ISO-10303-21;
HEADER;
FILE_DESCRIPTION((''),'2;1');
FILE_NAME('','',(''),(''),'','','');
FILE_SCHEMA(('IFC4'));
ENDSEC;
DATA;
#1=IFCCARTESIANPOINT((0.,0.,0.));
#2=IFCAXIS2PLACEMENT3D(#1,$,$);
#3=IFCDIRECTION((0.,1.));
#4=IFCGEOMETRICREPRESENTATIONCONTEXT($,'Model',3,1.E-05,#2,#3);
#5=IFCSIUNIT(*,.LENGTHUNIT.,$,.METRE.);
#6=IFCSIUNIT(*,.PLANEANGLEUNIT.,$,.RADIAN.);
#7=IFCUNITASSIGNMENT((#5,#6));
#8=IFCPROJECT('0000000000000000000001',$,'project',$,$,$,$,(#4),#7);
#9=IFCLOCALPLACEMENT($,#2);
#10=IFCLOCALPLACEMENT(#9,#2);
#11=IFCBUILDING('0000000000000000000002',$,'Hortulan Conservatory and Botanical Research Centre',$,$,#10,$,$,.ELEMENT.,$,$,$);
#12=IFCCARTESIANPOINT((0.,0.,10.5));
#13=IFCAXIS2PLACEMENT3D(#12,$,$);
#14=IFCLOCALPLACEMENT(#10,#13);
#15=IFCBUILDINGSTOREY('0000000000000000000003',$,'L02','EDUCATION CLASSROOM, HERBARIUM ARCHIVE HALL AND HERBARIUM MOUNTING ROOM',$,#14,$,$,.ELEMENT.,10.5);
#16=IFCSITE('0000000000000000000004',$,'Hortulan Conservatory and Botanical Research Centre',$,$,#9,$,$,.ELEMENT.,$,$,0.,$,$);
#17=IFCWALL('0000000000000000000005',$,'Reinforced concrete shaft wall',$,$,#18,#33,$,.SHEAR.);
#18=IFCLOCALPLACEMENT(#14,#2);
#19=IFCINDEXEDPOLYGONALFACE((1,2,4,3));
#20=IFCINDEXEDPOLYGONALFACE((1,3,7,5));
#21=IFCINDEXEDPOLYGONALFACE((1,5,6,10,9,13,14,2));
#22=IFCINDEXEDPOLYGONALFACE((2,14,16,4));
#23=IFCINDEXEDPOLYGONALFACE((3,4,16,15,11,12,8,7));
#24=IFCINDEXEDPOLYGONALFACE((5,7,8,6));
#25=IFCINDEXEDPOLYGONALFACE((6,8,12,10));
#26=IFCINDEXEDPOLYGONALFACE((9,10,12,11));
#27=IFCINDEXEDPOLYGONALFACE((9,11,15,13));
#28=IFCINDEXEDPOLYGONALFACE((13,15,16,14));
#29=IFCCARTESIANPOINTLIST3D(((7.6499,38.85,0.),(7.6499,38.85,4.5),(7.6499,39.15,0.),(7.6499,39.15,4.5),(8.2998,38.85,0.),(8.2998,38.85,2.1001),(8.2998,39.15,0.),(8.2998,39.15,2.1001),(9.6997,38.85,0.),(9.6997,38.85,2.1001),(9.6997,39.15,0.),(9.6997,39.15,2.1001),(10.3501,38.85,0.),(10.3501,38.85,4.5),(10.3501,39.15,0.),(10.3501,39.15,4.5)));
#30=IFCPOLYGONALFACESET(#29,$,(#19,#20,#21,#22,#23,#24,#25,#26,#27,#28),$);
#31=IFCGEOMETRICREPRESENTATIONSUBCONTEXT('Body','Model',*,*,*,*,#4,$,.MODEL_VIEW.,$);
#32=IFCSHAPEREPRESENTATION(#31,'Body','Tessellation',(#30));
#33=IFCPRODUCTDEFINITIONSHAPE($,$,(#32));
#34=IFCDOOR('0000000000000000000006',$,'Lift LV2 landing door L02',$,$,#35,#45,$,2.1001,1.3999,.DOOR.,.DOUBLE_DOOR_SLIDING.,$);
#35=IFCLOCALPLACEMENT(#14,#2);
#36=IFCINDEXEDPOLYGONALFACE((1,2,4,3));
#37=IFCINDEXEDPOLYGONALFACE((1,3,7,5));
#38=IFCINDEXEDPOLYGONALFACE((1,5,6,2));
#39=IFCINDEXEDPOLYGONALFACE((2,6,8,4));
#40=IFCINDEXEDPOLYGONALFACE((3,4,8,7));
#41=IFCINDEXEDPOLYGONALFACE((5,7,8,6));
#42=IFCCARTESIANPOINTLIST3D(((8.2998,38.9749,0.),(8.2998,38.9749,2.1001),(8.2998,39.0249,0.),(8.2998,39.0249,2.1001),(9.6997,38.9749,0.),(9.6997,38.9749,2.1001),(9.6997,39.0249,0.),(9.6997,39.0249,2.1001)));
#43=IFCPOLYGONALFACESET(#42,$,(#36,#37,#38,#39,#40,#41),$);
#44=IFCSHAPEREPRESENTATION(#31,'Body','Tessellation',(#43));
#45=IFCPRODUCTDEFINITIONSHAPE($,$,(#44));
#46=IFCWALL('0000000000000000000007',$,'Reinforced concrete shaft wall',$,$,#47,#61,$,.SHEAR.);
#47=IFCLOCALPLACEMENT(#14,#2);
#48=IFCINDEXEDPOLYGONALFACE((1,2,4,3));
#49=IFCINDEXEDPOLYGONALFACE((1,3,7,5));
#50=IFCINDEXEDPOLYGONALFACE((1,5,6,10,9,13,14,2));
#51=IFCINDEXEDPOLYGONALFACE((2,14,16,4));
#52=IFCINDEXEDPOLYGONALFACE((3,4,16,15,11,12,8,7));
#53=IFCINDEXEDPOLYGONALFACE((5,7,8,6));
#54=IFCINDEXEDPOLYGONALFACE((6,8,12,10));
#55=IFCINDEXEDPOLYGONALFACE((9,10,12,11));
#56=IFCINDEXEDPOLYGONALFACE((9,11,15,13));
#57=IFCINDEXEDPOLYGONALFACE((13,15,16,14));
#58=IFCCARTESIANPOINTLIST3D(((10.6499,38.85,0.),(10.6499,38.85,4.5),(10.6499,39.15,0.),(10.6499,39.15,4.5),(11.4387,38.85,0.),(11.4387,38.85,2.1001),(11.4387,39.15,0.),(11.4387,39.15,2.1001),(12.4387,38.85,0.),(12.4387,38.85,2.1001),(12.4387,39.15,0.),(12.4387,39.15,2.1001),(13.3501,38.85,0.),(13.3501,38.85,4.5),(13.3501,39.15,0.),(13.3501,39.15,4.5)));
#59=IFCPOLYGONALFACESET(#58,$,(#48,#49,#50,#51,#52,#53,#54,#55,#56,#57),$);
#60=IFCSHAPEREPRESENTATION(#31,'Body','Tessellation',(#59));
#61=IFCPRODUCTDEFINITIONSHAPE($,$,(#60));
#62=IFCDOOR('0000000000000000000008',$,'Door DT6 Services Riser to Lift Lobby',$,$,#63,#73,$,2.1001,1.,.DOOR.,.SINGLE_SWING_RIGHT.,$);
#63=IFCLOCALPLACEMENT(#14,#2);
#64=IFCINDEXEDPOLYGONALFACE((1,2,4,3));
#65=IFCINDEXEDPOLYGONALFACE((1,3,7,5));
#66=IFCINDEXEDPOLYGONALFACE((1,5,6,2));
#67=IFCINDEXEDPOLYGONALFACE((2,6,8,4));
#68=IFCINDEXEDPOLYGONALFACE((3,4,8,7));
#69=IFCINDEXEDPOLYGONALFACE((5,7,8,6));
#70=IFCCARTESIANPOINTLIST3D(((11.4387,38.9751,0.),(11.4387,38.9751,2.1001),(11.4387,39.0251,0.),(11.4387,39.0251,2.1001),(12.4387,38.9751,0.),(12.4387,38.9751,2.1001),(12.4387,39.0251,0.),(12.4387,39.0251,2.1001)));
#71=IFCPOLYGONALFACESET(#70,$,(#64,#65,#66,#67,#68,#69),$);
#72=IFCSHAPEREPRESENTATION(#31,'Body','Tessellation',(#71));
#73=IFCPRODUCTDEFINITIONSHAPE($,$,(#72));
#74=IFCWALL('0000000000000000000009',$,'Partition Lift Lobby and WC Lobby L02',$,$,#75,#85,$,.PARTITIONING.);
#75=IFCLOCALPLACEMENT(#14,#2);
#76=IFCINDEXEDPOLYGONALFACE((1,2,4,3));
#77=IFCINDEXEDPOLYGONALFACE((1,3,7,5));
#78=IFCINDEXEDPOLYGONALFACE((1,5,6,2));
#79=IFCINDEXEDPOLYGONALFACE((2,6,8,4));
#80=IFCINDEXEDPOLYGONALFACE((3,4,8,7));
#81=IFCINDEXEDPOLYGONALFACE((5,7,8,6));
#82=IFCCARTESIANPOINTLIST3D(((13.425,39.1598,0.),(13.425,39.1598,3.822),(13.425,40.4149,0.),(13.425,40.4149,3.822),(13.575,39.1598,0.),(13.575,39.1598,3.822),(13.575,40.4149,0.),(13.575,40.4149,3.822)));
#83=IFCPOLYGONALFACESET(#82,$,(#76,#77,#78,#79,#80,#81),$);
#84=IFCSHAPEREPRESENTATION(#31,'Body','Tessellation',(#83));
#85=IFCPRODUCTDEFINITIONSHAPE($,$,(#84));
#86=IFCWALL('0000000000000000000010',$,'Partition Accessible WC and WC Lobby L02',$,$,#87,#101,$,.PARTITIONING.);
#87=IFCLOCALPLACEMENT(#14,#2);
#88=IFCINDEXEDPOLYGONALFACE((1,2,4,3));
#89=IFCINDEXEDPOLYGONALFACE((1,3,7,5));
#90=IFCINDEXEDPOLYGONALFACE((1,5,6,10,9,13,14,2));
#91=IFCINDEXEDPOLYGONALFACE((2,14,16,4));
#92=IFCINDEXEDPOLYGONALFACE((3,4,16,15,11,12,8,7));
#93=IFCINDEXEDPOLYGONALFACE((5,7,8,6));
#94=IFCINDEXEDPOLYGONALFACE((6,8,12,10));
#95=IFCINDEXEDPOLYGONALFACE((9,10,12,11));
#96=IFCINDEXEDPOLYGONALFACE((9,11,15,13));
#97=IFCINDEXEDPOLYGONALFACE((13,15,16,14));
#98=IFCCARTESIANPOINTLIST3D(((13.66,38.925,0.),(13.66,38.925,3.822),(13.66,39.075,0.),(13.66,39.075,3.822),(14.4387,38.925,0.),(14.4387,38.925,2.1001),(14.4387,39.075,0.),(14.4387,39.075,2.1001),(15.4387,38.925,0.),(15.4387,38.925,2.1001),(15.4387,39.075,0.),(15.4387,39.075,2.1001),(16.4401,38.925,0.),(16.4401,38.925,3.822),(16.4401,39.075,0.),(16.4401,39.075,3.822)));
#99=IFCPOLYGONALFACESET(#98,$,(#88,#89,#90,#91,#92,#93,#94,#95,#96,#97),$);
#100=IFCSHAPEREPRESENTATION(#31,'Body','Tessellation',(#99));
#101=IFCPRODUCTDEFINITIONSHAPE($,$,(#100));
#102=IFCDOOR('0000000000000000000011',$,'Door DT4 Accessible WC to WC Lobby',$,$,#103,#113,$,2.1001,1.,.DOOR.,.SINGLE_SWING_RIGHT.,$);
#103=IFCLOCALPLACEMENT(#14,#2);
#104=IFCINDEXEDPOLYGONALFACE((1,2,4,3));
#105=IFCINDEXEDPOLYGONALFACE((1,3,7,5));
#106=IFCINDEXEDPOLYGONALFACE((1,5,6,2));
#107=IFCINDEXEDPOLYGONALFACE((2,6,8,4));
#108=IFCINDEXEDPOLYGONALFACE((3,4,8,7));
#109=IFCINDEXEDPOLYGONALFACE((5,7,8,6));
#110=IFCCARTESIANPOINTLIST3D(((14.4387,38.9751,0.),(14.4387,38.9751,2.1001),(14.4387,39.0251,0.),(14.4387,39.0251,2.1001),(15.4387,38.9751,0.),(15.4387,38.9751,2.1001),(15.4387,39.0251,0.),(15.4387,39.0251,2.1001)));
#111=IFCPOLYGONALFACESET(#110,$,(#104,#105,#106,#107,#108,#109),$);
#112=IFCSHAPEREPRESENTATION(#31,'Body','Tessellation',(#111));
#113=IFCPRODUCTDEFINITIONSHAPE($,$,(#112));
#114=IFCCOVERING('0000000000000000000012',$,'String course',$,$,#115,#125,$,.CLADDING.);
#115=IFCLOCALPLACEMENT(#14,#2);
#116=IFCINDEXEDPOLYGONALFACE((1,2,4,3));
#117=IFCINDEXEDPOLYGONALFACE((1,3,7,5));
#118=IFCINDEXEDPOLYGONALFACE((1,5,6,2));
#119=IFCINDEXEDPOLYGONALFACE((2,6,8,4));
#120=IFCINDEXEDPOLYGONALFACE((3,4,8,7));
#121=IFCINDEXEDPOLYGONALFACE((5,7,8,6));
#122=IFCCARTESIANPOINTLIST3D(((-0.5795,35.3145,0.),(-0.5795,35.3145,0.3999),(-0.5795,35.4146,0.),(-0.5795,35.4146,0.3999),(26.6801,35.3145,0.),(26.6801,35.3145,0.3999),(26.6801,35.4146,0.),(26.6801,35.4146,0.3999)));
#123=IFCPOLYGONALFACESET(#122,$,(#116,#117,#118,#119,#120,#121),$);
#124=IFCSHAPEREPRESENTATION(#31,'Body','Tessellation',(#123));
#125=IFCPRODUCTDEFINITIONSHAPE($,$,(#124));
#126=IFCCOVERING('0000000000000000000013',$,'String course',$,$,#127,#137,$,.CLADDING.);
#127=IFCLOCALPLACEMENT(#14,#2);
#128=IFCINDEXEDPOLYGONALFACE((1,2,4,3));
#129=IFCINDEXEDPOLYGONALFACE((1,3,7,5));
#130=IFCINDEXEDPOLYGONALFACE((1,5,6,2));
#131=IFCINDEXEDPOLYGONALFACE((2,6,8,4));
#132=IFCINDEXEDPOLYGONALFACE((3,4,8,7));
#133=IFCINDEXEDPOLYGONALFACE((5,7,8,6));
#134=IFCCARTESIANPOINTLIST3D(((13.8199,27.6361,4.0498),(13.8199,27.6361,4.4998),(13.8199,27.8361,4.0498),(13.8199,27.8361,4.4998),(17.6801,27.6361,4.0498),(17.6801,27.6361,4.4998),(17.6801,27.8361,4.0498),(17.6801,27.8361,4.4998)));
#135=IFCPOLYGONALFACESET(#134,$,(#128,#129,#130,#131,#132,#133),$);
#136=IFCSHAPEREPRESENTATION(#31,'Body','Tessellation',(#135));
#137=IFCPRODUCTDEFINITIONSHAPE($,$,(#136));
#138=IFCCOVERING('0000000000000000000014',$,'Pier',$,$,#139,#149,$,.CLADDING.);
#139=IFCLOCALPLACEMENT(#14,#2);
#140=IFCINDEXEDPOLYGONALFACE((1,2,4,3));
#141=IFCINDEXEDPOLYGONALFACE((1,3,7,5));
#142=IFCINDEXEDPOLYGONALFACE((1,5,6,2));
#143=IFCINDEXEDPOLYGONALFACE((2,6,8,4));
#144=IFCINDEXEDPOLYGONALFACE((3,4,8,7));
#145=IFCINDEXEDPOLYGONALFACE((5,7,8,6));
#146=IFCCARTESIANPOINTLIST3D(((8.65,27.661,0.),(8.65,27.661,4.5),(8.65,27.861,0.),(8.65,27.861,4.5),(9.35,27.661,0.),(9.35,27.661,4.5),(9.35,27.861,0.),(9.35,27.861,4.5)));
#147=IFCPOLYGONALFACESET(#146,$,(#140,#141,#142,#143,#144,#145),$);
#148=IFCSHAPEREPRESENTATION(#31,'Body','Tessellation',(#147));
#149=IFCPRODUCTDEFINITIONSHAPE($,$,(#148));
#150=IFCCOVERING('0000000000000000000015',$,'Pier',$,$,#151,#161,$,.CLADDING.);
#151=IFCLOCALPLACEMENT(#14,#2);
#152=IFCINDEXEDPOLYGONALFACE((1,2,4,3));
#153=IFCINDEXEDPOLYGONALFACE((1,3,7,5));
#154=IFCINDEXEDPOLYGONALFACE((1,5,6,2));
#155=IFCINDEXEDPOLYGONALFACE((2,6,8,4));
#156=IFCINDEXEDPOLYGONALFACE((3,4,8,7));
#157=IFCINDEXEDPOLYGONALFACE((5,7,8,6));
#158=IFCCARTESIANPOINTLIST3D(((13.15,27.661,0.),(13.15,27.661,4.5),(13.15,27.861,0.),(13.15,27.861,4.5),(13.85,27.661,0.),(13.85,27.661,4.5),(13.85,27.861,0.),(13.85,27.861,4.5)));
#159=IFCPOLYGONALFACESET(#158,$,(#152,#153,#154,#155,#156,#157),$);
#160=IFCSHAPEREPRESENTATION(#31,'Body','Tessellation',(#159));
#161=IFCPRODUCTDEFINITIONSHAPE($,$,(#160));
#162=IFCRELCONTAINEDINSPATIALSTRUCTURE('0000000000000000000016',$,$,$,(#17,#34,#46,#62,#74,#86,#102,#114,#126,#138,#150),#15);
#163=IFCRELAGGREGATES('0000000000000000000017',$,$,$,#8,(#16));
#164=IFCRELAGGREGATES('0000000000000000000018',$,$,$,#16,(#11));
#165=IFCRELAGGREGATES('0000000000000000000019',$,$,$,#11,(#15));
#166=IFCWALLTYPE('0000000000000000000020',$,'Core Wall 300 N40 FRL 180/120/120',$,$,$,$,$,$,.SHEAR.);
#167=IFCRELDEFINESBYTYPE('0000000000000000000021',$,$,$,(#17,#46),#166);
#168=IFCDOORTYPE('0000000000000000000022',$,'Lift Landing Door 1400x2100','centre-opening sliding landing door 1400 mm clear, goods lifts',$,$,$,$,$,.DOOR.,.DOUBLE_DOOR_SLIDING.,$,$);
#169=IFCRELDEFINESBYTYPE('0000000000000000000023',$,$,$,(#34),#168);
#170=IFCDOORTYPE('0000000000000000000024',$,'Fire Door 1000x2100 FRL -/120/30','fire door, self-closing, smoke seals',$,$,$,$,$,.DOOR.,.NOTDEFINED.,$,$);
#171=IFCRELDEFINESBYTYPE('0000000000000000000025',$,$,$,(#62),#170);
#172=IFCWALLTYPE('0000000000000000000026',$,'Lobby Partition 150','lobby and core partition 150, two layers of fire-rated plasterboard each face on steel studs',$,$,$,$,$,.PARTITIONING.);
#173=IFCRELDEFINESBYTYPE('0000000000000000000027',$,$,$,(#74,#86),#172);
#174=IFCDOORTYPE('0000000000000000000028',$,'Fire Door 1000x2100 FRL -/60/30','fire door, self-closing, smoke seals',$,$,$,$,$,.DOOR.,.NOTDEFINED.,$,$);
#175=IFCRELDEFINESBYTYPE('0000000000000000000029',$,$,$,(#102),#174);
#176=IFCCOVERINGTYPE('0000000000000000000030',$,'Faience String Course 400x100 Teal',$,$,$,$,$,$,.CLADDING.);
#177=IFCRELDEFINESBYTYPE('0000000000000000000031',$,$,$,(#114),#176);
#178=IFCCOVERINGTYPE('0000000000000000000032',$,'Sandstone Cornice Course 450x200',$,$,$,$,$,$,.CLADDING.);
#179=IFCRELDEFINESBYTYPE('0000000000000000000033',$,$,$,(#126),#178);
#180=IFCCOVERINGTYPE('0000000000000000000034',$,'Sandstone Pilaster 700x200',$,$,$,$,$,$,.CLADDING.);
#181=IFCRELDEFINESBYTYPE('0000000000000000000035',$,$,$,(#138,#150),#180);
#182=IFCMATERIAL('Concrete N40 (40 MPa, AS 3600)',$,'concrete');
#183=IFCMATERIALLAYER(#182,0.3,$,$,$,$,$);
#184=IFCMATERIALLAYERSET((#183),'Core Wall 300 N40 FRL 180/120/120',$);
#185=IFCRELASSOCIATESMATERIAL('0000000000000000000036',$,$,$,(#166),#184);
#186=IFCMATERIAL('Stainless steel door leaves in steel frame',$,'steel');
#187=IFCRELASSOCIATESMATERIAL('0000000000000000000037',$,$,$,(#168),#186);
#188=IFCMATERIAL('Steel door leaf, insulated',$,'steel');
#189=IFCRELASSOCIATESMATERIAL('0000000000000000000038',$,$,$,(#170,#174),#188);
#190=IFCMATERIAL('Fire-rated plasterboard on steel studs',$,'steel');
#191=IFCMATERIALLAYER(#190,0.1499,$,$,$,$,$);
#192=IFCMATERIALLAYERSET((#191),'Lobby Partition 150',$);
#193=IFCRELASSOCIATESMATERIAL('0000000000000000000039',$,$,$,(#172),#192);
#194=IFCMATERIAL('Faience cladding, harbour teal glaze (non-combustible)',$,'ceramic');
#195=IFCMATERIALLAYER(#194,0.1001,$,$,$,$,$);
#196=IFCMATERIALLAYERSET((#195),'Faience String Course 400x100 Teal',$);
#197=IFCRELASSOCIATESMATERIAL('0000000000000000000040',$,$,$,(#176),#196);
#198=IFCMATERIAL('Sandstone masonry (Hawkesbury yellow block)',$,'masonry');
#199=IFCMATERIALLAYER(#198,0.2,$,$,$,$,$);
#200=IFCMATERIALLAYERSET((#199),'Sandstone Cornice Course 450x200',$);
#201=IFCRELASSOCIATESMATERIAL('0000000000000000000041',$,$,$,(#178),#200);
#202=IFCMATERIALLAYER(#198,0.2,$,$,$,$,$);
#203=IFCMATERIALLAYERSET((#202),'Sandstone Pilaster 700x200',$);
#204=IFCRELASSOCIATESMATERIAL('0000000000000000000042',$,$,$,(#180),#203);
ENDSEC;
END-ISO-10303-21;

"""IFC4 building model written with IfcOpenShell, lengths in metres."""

from ifc_helpers import new_model, si_unit, direction, frame, frame_2d, origin, origin_2d, place, context, subcontext, project, spatial, rectangle, extrude, material, layer, layer_set, type_object, element, fill, save


model = new_model("IFC4")

# Units and contexts
model_context = context("Model", 3, precision=1e-05, world=origin(), true_north=direction((0.0, 1.0)))
body_context = subcontext(model_context, "Body", "Model", "MODEL_VIEW")
ifc_project = project(units=[si_unit("LENGTHUNIT", "METRE"), si_unit("PLANEANGLEUNIT", "RADIAN")], contexts=[model_context])

# Site, building, storey
site_placement = place(None, origin())
site = spatial("IfcSite", under=ifc_project, at=site_placement, Name="Hortulan Conservatory and Botanical Research Centre", CompositionType="ELEMENT", RefElevation=0.0)
building_placement = place(site_placement, origin())
building = spatial("IfcBuilding", under=site, at=building_placement, Name="Hortulan Conservatory and Botanical Research Centre", CompositionType="ELEMENT")
storey_placement = place(building_placement, frame((0.0, 0.0, 10.5)))
storey = spatial("IfcBuildingStorey", under=building, at=storey_placement, Name="L02", Description="EDUCATION CLASSROOM, HERBARIUM ARCHIVE HALL AND HERBARIUM MOUNTING ROOM", CompositionType="ELEMENT", Elevation=10.5)

# Shared definitions
ifc_material_1 = material(Name="Concrete N40 (40 MPa, AS 3600)", Category="concrete")
ifc_layer_1 = layer(ifc_material_1, 0.3)
ifc_layer_set_1 = layer_set([ifc_layer_1], Name="Core Wall 300 N40 FRL 180/120/120")
wall_type_1 = type_object("IfcWallType", Name="Core Wall 300 N40 FRL 180/120/120", PredefinedType="SHEAR", material=ifc_layer_set_1)

# Walls, openings, doors
wall_1_placement = place(storey_placement, frame((7.6499, 39.0, 0.0), z_axis=(0.0, 0.0, 1.0), x_axis=(1.0, 0.0, 0.0)))
wall_1 = element("IfcWall", 1, at=wall_1_placement, inside=storey, type_object=wall_type_1, Name="Reinforced concrete shaft wall", PredefinedType="SHEAR", context=body_context, shape_type="SweptSolid", body=[
    extrude(rectangle(XDim=2.7002, YDim=0.3, at=frame_2d((1.3501, 0.0))), origin(), (0.0, 0.0, 1.0), 4.5),
])
opening_1_placement = place(wall_1_placement, frame((0.6499, 0.0, 0.0)))
opening_1 = element("IfcOpeningElement", 2, at=opening_1_placement, cuts=wall_1, PredefinedType="OPENING", context=body_context, shape_type="SweptSolid", body=[
    extrude(rectangle(XDim=1.3999, YDim=2.1001, at=frame_2d((0.7, 1.05))), frame((0.0, 0.1599, 0.0), z_axis=(0.0, -1.0, 0.0), x_axis=(1.0, 0.0, 0.0)), (0.0, 0.0, 1.0), 0.3201),
])
ifc_material_2 = material(Name="Stainless steel door leaves in steel frame", Category="steel")
door_type_1 = type_object("IfcDoorType", Name="Lift Landing Door 1400x2100", Description="centre-opening sliding landing door 1400 mm clear, goods lifts", OperationType="DOUBLE_DOOR_SLIDING", PredefinedType="DOOR", material=ifc_material_2)
door_1_placement = place(opening_1_placement, origin())
door_1 = element("IfcDoor", 3, at=door_1_placement, inside=storey, type_object=door_type_1, Name="Lift LV2 landing door L02", OperationType="DOUBLE_DOOR_SLIDING", OverallHeight=2.1001, OverallWidth=1.3999, PredefinedType="DOOR", context=body_context, shape_type="SweptSolid", body=[
    extrude(rectangle(XDim=1.3999, YDim=2.1001, at=frame_2d((0.7, 1.05))), frame((0.0, 0.0249, 0.0), z_axis=(0.0, -1.0, 0.0), x_axis=(1.0, 0.0, 0.0)), (0.0, 0.0, 1.0), 0.05),
])
fill(opening_1, door_1)
wall_2_placement = place(storey_placement, frame((10.6499, 39.0, 0.0), z_axis=(0.0, 0.0, 1.0), x_axis=(1.0, 0.0, 0.0)))
wall_2 = element("IfcWall", 4, at=wall_2_placement, inside=storey, type_object=wall_type_1, Name="Reinforced concrete shaft wall", PredefinedType="SHEAR", context=body_context, shape_type="SweptSolid", body=[
    extrude(rectangle(XDim=2.7002, YDim=0.3, at=frame_2d((1.3501, 0.0))), origin(), (0.0, 0.0, 1.0), 4.5),
])
opening_2_placement = place(wall_2_placement, frame((0.7888, 0.0, 0.0)))
opening_2 = element("IfcOpeningElement", 5, at=opening_2_placement, cuts=wall_2, PredefinedType="OPENING", context=body_context, shape_type="SweptSolid", body=[
    extrude(rectangle(XDim=1.0, YDim=2.1001, at=frame_2d((0.5, 1.05))), frame((0.0, 0.1599, 0.0), z_axis=(0.0, -1.0, 0.0), x_axis=(1.0, 0.0, 0.0)), (0.0, 0.0, 1.0), 0.3201),
])
ifc_material_3 = material(Name="Steel door leaf, insulated", Category="steel")
door_type_2 = type_object("IfcDoorType", Name="Fire Door 1000x2100 FRL -/120/30", Description="fire door, self-closing, smoke seals", OperationType="NOTDEFINED", PredefinedType="DOOR", material=ifc_material_3)
door_2_placement = place(opening_2_placement, frame((1.0, 0.0, 0.0), z_axis=(0.0, 0.0, 1.0), x_axis=(-1.0, 0.0, 0.0)))
door_2 = element("IfcDoor", 6, at=door_2_placement, inside=storey, type_object=door_type_2, Name="Door DT6 Services Riser to Lift Lobby", OperationType="SINGLE_SWING_RIGHT", OverallHeight=2.1001, OverallWidth=1.0, PredefinedType="DOOR", context=body_context, shape_type="SweptSolid", body=[
    extrude(rectangle(XDim=1.0, YDim=2.1001, at=frame_2d((0.5, 1.05))), frame((0.0, 0.0249, 0.0), z_axis=(0.0, -1.0, 0.0), x_axis=(1.0, 0.0, 0.0)), (0.0, 0.0, 1.0), 0.05),
])
fill(opening_2, door_2)

# Wall
ifc_material_4 = material(Name="Fire-rated plasterboard on steel studs", Category="steel")
ifc_layer_2 = layer(ifc_material_4, 0.1499)
ifc_layer_set_2 = layer_set([ifc_layer_2], Name="Lobby Partition 150")
wall_type_2 = type_object("IfcWallType", Name="Lobby Partition 150", Description="lobby and core partition 150, two layers of fire-rated plasterboard each face on steel studs", PredefinedType="PARTITIONING", material=ifc_layer_set_2)
wall_3_placement = place(storey_placement, frame((13.5, 39.1599, 0.0), z_axis=(0.0, 0.0, 1.0), x_axis=(0.0, 1.0, 0.0)))
element("IfcWall", 7, at=wall_3_placement, inside=storey, type_object=wall_type_2, Name="Partition Lift Lobby and WC Lobby L02", PredefinedType="PARTITIONING", context=body_context, shape_type="SweptSolid", body=[
    extrude(rectangle(XDim=1.2551, YDim=0.1499, at=frame_2d((0.6274, 0.0))), origin(), (0.0, 0.0, 1.0), 3.822),
])

# Wall, opening, door
wall_4_placement = place(storey_placement, frame((13.6599, 39.0, 0.0), z_axis=(0.0, 0.0, 1.0), x_axis=(1.0, 0.0, 0.0)))
wall_4 = element("IfcWall", 8, at=wall_4_placement, inside=storey, type_object=wall_type_2, Name="Partition Accessible WC and WC Lobby L02", PredefinedType="PARTITIONING", context=body_context, shape_type="SweptSolid", body=[
    extrude(rectangle(XDim=2.78, YDim=0.1499, at=frame_2d((1.3901, 0.0))), origin(), (0.0, 0.0, 1.0), 3.822),
])
opening_3_placement = place(wall_4_placement, frame((0.7788, 0.0, 0.0)))
opening_3 = element("IfcOpeningElement", 9, at=opening_3_placement, cuts=wall_4, PredefinedType="OPENING", context=body_context, shape_type="SweptSolid", body=[
    extrude(rectangle(XDim=1.0, YDim=2.1001, at=frame_2d((0.5, 1.05))), frame((0.0, 0.085, 0.0), z_axis=(0.0, -1.0, 0.0), x_axis=(1.0, 0.0, 0.0)), (0.0, 0.0, 1.0), 0.1699),
])
door_type_3 = type_object("IfcDoorType", Name="Fire Door 1000x2100 FRL -/60/30", Description="fire door, self-closing, smoke seals", OperationType="NOTDEFINED", PredefinedType="DOOR", material=ifc_material_3)
door_3_placement = place(opening_3_placement, frame((1.0, 0.0, 0.0), z_axis=(0.0, 0.0, 1.0), x_axis=(-1.0, 0.0, 0.0)))
door_3 = element("IfcDoor", 10, at=door_3_placement, inside=storey, type_object=door_type_3, Name="Door DT4 Accessible WC to WC Lobby", OperationType="SINGLE_SWING_RIGHT", OverallHeight=2.1001, OverallWidth=1.0, PredefinedType="DOOR", context=body_context, shape_type="SweptSolid", body=[
    extrude(rectangle(XDim=1.0, YDim=2.1001, at=frame_2d((0.5, 1.05))), frame((0.0, 0.0249, 0.0), z_axis=(0.0, -1.0, 0.0), x_axis=(1.0, 0.0, 0.0)), (0.0, 0.0, 1.0), 0.05),
])
fill(opening_3, door_3)

# Coverings
ifc_material_5 = material(Name="Faience cladding, harbour teal glaze (non-combustible)", Category="ceramic")
ifc_layer_3 = layer(ifc_material_5, 0.1001)
ifc_layer_set_3 = layer_set([ifc_layer_3], Name="Faience String Course 400x100 Teal")
covering_type_1 = type_object("IfcCoveringType", Name="Faience String Course 400x100 Teal", PredefinedType="CLADDING", material=ifc_layer_set_3)
covering_1_placement = place(storey_placement, frame((13.0503, 35.3645, 0.0), z_axis=(0.0, 0.0, 1.0), x_axis=(-1.0, 0.0, 0.0)))
element("IfcCovering", 11, at=covering_1_placement, inside=storey, type_object=covering_type_1, Name="String course", PredefinedType="CLADDING", context=body_context, shape_type="SweptSolid", body=[
    extrude(rectangle(XDim=27.2595, YDim=0.1001, at=origin_2d()), origin(), (0.0, 0.0, 1.0), 0.3999),
])
ifc_material_6 = material(Name="Sandstone masonry (Hawkesbury yellow block)", Category="masonry")
ifc_layer_4 = layer(ifc_material_6, 0.2)
ifc_layer_set_4 = layer_set([ifc_layer_4], Name="Sandstone Cornice Course 450x200")
covering_type_2 = type_object("IfcCoveringType", Name="Sandstone Cornice Course 450x200", PredefinedType="CLADDING", material=ifc_layer_set_4)
covering_2_placement = place(storey_placement, frame((15.75, 27.7361, 4.0498), z_axis=(0.0, 0.0, 1.0), x_axis=(1.0, 0.0, 0.0)))
element("IfcCovering", 12, at=covering_2_placement, inside=storey, type_object=covering_type_2, Name="String course", PredefinedType="CLADDING", context=body_context, shape_type="SweptSolid", body=[
    extrude(rectangle(XDim=3.8601, YDim=0.2, at=origin_2d()), origin(), (0.0, 0.0, 1.0), 0.45),
])
ifc_layer_5 = layer(ifc_material_6, 0.2)
ifc_layer_set_5 = layer_set([ifc_layer_5], Name="Sandstone Pilaster 700x200")
covering_type_3 = type_object("IfcCoveringType", Name="Sandstone Pilaster 700x200", PredefinedType="CLADDING", material=ifc_layer_set_5)
for number, where, z_axis, x_axis, name in (
    (13, (9.0, 27.761, 0.0), (0.0, 0.0, 1.0), (1.0, 0.0, 0.0), "Pier"),
    (14, (13.5, 27.761, 0.0), (0.0, 0.0, 1.0), (1.0, 0.0, 0.0), "Pier"),
):
    element("IfcCovering", number, at=place(storey_placement, frame(where, z_axis=z_axis, x_axis=x_axis)), inside=storey, type_object=covering_type_3, Name=name, PredefinedType="CLADDING", context=body_context, shape_type="SweptSolid", body=[
        extrude(rectangle(XDim=0.7, YDim=0.2, at=origin_2d()), origin(), (0.0, 0.0, 1.0), 4.5),
    ])

save(model, "model.ifc")
